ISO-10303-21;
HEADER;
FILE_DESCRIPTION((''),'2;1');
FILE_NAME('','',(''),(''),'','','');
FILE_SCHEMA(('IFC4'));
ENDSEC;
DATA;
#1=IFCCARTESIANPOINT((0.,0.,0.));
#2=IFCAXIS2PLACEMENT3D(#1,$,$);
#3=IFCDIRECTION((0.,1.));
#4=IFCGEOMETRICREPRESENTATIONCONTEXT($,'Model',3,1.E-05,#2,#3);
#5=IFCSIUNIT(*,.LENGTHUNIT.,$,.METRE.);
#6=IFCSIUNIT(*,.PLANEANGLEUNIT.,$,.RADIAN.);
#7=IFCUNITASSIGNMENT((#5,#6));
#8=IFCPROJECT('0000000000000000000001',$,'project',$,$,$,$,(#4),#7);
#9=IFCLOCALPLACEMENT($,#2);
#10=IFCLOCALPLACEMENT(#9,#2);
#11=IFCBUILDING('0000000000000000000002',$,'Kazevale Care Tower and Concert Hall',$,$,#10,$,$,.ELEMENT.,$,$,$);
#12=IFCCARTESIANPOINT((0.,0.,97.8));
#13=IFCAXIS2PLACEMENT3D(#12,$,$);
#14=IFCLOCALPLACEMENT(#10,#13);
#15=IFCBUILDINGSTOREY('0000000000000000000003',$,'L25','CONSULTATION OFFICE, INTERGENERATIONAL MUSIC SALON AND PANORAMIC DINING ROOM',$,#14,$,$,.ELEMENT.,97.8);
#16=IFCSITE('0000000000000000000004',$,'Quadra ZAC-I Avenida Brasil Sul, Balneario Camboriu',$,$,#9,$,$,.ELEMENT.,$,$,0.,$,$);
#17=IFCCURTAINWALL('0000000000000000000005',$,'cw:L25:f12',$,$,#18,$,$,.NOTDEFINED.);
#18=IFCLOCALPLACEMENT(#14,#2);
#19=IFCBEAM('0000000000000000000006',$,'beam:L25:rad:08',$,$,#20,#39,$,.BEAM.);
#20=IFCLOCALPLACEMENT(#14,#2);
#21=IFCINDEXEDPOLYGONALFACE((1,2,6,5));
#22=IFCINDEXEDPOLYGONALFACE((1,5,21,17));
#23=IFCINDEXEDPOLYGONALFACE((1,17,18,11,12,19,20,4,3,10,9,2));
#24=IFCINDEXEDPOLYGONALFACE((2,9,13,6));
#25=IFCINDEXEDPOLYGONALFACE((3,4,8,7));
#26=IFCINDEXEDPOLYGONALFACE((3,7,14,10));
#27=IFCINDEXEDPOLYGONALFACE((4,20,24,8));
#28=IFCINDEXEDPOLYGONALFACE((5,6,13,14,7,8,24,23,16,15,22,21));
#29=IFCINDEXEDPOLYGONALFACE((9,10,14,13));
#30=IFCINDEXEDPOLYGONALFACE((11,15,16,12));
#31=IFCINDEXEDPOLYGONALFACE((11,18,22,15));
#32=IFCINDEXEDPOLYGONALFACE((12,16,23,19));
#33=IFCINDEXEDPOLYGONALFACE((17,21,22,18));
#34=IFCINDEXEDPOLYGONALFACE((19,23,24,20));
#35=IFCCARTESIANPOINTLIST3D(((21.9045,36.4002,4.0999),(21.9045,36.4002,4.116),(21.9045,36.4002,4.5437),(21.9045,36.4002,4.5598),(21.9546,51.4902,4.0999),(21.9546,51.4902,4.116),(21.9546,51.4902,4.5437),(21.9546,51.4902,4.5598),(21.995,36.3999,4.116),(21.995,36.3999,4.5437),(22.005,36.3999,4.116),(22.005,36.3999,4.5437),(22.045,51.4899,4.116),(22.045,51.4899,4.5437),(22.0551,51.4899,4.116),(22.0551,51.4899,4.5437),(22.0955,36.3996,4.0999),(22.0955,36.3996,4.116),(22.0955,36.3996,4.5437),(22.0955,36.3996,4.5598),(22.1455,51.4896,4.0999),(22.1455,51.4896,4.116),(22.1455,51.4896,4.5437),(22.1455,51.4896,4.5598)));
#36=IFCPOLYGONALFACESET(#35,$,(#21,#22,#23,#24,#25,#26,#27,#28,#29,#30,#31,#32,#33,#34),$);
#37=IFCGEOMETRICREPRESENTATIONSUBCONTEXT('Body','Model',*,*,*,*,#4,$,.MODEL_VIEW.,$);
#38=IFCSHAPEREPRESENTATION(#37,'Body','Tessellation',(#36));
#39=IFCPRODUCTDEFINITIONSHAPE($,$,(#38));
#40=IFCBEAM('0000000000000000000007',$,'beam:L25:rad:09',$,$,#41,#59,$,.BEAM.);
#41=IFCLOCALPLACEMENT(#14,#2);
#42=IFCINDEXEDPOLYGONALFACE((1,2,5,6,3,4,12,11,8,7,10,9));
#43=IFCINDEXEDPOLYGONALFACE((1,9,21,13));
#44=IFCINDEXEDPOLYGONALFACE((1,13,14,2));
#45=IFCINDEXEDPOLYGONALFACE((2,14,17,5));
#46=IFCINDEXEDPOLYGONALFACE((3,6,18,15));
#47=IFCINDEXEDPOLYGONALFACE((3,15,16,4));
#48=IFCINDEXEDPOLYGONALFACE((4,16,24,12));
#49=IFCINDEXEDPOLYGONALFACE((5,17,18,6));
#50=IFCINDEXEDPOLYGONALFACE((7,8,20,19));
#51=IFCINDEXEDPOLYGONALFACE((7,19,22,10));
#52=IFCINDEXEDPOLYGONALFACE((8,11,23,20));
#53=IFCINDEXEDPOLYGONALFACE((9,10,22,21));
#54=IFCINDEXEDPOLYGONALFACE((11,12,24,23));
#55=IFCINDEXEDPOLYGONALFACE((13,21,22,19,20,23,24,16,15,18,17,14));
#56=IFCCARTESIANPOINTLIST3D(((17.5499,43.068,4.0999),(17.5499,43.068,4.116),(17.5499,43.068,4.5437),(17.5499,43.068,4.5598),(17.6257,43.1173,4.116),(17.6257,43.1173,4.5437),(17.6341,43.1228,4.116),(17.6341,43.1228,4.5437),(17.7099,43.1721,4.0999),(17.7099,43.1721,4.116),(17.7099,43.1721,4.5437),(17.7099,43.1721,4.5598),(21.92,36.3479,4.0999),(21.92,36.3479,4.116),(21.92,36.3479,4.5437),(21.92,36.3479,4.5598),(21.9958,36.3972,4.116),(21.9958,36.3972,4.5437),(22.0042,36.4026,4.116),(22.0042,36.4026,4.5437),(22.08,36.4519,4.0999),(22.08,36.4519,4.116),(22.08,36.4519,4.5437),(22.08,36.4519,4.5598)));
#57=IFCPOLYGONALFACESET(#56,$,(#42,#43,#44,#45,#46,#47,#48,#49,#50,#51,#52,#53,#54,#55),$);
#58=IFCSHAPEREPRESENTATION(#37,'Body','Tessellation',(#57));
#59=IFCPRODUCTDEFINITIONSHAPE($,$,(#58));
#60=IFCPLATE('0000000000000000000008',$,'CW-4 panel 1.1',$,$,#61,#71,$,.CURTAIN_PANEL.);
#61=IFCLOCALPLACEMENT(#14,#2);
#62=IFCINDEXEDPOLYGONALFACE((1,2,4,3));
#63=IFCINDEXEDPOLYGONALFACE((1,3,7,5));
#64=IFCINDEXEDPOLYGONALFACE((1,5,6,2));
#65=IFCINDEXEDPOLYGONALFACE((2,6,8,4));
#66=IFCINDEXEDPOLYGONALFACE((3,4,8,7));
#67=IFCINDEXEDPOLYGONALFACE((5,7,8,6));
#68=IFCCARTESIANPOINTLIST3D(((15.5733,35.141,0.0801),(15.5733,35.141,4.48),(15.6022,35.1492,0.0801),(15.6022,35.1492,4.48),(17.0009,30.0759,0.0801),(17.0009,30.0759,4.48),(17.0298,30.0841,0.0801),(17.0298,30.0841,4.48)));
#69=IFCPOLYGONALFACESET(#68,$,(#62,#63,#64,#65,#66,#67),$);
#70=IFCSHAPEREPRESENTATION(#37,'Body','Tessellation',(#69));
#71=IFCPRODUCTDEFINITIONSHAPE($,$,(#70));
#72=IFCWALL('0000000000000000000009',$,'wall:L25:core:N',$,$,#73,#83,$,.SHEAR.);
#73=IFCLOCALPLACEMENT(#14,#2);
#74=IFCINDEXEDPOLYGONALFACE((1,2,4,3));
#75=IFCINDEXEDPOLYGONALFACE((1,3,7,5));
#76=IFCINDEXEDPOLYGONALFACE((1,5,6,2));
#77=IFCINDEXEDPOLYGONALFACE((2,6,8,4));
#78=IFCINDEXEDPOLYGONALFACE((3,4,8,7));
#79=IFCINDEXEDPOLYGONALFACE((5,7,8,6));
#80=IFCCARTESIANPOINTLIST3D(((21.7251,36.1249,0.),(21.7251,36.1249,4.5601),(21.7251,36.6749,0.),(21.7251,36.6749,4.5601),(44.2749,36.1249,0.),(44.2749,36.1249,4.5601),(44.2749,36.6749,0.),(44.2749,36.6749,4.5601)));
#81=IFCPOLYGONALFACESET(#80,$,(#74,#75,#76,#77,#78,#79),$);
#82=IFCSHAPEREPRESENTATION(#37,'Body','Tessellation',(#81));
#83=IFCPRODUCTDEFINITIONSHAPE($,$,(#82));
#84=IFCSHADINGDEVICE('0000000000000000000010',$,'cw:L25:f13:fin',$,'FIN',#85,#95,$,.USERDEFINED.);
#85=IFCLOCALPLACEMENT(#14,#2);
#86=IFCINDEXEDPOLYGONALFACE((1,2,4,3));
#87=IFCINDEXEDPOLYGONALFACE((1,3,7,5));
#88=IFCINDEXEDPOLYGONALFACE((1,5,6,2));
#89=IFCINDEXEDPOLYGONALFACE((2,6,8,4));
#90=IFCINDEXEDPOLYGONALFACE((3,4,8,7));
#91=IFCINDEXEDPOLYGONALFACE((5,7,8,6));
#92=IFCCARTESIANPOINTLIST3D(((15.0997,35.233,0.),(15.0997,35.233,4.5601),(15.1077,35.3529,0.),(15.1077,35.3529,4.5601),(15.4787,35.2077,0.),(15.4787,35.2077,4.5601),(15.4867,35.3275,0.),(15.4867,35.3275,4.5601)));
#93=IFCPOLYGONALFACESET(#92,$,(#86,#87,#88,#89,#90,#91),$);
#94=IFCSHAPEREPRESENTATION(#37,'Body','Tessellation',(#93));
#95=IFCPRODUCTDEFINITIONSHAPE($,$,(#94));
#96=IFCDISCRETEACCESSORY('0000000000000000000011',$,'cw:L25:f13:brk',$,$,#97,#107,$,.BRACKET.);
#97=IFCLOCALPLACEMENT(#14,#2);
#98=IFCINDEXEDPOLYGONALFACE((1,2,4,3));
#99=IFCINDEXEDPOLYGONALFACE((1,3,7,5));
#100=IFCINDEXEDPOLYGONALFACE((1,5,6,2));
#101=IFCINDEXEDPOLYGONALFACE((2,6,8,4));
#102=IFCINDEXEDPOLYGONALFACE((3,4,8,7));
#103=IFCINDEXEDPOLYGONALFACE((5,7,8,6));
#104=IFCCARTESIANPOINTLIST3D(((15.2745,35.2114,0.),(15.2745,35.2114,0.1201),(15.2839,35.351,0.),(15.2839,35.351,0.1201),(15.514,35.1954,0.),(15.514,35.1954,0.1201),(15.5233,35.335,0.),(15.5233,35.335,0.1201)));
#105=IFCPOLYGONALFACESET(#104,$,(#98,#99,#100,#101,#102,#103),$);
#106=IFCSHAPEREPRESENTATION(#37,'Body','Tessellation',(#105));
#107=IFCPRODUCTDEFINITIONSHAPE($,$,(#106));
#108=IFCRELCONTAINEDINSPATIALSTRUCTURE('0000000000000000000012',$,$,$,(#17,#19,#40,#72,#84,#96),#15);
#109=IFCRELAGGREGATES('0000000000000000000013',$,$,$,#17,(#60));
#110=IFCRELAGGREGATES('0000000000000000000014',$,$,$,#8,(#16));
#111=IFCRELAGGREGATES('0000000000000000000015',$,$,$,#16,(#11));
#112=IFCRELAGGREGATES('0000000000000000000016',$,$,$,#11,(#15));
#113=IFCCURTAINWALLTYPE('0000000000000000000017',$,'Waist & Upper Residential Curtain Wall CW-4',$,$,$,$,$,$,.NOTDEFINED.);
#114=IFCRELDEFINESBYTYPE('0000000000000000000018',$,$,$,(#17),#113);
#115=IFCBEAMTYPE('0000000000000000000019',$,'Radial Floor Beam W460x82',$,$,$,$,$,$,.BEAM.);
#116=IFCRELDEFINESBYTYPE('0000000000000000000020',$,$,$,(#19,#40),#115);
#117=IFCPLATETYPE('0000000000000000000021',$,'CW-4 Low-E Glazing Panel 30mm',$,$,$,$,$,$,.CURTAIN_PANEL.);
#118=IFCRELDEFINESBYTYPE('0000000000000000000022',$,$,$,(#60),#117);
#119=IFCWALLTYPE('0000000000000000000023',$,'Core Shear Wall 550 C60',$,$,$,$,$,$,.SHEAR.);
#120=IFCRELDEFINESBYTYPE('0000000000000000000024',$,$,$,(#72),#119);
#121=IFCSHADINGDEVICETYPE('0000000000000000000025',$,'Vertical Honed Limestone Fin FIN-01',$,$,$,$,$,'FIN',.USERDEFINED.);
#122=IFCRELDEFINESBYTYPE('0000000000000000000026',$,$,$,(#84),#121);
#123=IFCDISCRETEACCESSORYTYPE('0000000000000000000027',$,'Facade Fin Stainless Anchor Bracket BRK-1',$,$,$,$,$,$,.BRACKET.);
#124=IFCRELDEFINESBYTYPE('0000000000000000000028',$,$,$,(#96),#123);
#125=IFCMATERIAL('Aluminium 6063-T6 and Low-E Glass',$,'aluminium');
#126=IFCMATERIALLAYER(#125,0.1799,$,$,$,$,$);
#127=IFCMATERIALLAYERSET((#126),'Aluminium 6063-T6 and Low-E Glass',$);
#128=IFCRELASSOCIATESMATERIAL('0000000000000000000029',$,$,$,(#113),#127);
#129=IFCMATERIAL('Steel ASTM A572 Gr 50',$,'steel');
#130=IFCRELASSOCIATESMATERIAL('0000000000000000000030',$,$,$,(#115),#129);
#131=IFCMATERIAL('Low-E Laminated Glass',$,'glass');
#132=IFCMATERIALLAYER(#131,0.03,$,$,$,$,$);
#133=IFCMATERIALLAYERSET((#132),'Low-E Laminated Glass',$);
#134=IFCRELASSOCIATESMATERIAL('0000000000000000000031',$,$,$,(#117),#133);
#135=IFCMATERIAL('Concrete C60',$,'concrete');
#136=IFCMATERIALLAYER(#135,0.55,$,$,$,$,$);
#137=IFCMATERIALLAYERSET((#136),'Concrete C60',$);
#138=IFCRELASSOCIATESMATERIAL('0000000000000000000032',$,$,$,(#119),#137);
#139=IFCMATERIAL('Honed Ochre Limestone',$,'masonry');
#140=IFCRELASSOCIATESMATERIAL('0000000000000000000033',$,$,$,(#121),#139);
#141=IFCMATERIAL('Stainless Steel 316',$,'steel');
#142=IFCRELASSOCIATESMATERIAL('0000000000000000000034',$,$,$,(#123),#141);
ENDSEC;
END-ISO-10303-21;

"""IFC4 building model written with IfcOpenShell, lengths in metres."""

from ifc_helpers import new_model, si_unit, direction, frame, frame_2d, origin, origin_2d, place, context, subcontext, project, spatial, rectangle, i_section, extrude, material, layer, layer_set, material_profile, profile_set, type_object, element, aggregate, save


model = new_model("IFC4")

# Units and contexts
model_context = context("Model", 3, precision=1e-05, world=origin(), true_north=direction((0.0, 1.0)))
body_context = subcontext(model_context, "Body", "Model", "MODEL_VIEW")
ifc_project = project(units=[si_unit("LENGTHUNIT", "METRE"), si_unit("PLANEANGLEUNIT", "RADIAN")], contexts=[model_context])

# Site, building, storey
site_placement = place(None, origin())
site = spatial("IfcSite", under=ifc_project, at=site_placement, Name="Quadra ZAC-I Avenida Brasil Sul, Balneario Camboriu", CompositionType="ELEMENT", RefElevation=0.0)
building_placement = place(site_placement, origin())
building = spatial("IfcBuilding", under=site, at=building_placement, Name="Kazevale Care Tower and Concert Hall", CompositionType="ELEMENT")
storey_placement = place(building_placement, frame((0.0, 0.0, 97.8)))
storey = spatial("IfcBuildingStorey", under=building, at=storey_placement, Name="L25", Description="CONSULTATION OFFICE, INTERGENERATIONAL MUSIC SALON AND PANORAMIC DINING ROOM", CompositionType="ELEMENT", Elevation=97.8)

# Shared definitions
ifc_material_1 = material(Name="Concrete C60", Category="concrete")

# Shared definitions
ifc_material_2 = material(Name="Aluminium 6063-T6 and Low-E Glass", Category="aluminium")
ifc_layer_1 = layer(ifc_material_2, 0.1799)
ifc_layer_set_1 = layer_set([ifc_layer_1], Name="Aluminium 6063-T6 and Low-E Glass")
curtain_wall_type = type_object("IfcCurtainWallType", Name="Waist & Upper Residential Curtain Wall CW-4", PredefinedType="NOTDEFINED", material=ifc_layer_set_1)

# Curtain wall
curtain_wall_1_placement = place(storey_placement, origin())
curtain_wall_1 = element("IfcCurtainWall", 1, at=curtain_wall_1_placement, inside=storey, type_object=curtain_wall_type, Name="cw:L25:f12", PredefinedType="NOTDEFINED")

# Beams
ifc_material_3 = material(Name="Steel ASTM A572 Gr 50", Category="steel")
ifc_material_profile_1 = material_profile(ifc_material_3, i_section(OverallWidth=0.1909, OverallDepth=0.46, WebThickness=0.01, FlangeThickness=0.0161, at=origin_2d()), Name="W460x82")
ifc_profile_set_1 = profile_set([ifc_material_profile_1], Name="Steel ASTM A572 Gr 50")
beam_type = type_object("IfcBeamType", Name="Radial Floor Beam W460x82", PredefinedType="BEAM", material=ifc_profile_set_1)
beam_1_placement = place(storey_placement, frame((22.0, 36.3999, 4.3298), z_axis=(0.003317, 0.999994, 0.0), x_axis=(-0.999994, 0.003317, 0.0)))
element("IfcBeam", 2, at=beam_1_placement, inside=storey, type_object=beam_type, Name="beam:L25:rad:08", PredefinedType="BEAM", context=body_context, shape_type="SweptSolid", body=[
    extrude(i_section(OverallWidth=0.1909, OverallDepth=0.46, WebThickness=0.01, FlangeThickness=0.0161, at=origin_2d()), origin(), (0.0, 0.0, 1.0), 15.0901),
])
beam_2_placement = place(storey_placement, frame((22.0, 36.3999, 4.3298), z_axis=(-0.545162, 0.838331, 0.0), x_axis=(-0.838331, -0.545162, 0.0)))
element("IfcBeam", 3, at=beam_2_placement, inside=storey, type_object=beam_type, Name="beam:L25:rad:09", PredefinedType="BEAM", context=body_context, shape_type="SweptSolid", body=[
    extrude(i_section(OverallWidth=0.1909, OverallDepth=0.46, WebThickness=0.01, FlangeThickness=0.0161, at=origin_2d()), origin(), (0.0, 0.0, 1.0), 8.0161),
])

# Plate
ifc_material_4 = material(Name="Low-E Laminated Glass", Category="glass")
ifc_layer_2 = layer(ifc_material_4, 0.03)
ifc_layer_set_2 = layer_set([ifc_layer_2], Name="Low-E Laminated Glass")
plate_type = type_object("IfcPlateType", Name="CW-4 Low-E Glazing Panel 30mm", PredefinedType="CURTAIN_PANEL", material=ifc_layer_set_2)
plate_placement = place(storey_placement, frame((16.3015, 32.6125, 0.0801), z_axis=(0.0, 0.0, 1.0), x_axis=(-0.271285, 0.962499, 0.0)))
plate = element("IfcPlate", 4, at=plate_placement, type_object=plate_type, Name="CW-4 panel 1.1", PredefinedType="CURTAIN_PANEL", context=body_context, shape_type="SweptSolid", body=[
    extrude(rectangle(XDim=5.2625, YDim=0.03, at=origin_2d()), origin(), (0.0, 0.0, 1.0), 4.3999),
])
aggregate(curtain_wall_1, [plate])

# Wall
ifc_layer_3 = layer(ifc_material_1, 0.55)
ifc_layer_set_3 = layer_set([ifc_layer_3], Name="Concrete C60")
wall_type = type_object("IfcWallType", Name="Core Shear Wall 550 C60", PredefinedType="SHEAR", material=ifc_layer_set_3)
wall_placement = place(storey_placement, frame((21.7251, 36.3999, 0.0), z_axis=(0.0, 0.0, 1.0), x_axis=(1.0, 0.0, 0.0)))
element("IfcWall", 5, at=wall_placement, inside=storey, type_object=wall_type, Name="wall:L25:core:N", PredefinedType="SHEAR", context=body_context, shape_type="SweptSolid", body=[
    extrude(rectangle(XDim=22.5498, YDim=0.55, at=frame_2d((11.2749, 0.0))), origin(), (0.0, 0.0, 1.0), 4.5601),
])

# Shading device
ifc_material_5 = material(Name="Honed Ochre Limestone", Category="masonry")
shading_device_type = type_object("IfcShadingDeviceType", Name="Vertical Honed Limestone Fin FIN-01", ElementType="FIN", PredefinedType="USERDEFINED", material=ifc_material_5)
shading_device_placement = place(storey_placement, frame((15.2932, 35.2803, 0.0), z_axis=(0.0, 0.0, 1.0), x_axis=(-0.997778, 0.066622, 0.0)))
element("IfcShadingDevice", 6, at=shading_device_placement, inside=storey, type_object=shading_device_type, Name="cw:L25:f13:fin", ObjectType="FIN", PredefinedType="USERDEFINED", context=body_context, shape_type="SweptSolid", body=[
    extrude(rectangle(XDim=0.3799, YDim=0.1201, at=origin_2d()), origin(), (0.0, 0.0, 1.0), 4.5601),
])

# Discrete accessory
ifc_material_6 = material(Name="Stainless Steel 316", Category="steel")
discrete_accessory_type = type_object("IfcDiscreteAccessoryType", Name="Facade Fin Stainless Anchor Bracket BRK-1", PredefinedType="BRACKET", material=ifc_material_6)
discrete_accessory_placement = place(storey_placement, frame((15.3989, 35.2732, 0.0), z_axis=(0.0, 0.0, 1.0), x_axis=(-0.997778, 0.066622, 0.0)))
element("IfcDiscreteAccessory", 7, at=discrete_accessory_placement, inside=storey, type_object=discrete_accessory_type, Name="cw:L25:f13:brk", PredefinedType="BRACKET", context=body_context, shape_type="SweptSolid", body=[
    extrude(rectangle(XDim=0.24, YDim=0.1399, at=origin_2d()), origin(), (0.0, 0.0, 1.0), 0.1201),
])

save(model, "model.ifc")
